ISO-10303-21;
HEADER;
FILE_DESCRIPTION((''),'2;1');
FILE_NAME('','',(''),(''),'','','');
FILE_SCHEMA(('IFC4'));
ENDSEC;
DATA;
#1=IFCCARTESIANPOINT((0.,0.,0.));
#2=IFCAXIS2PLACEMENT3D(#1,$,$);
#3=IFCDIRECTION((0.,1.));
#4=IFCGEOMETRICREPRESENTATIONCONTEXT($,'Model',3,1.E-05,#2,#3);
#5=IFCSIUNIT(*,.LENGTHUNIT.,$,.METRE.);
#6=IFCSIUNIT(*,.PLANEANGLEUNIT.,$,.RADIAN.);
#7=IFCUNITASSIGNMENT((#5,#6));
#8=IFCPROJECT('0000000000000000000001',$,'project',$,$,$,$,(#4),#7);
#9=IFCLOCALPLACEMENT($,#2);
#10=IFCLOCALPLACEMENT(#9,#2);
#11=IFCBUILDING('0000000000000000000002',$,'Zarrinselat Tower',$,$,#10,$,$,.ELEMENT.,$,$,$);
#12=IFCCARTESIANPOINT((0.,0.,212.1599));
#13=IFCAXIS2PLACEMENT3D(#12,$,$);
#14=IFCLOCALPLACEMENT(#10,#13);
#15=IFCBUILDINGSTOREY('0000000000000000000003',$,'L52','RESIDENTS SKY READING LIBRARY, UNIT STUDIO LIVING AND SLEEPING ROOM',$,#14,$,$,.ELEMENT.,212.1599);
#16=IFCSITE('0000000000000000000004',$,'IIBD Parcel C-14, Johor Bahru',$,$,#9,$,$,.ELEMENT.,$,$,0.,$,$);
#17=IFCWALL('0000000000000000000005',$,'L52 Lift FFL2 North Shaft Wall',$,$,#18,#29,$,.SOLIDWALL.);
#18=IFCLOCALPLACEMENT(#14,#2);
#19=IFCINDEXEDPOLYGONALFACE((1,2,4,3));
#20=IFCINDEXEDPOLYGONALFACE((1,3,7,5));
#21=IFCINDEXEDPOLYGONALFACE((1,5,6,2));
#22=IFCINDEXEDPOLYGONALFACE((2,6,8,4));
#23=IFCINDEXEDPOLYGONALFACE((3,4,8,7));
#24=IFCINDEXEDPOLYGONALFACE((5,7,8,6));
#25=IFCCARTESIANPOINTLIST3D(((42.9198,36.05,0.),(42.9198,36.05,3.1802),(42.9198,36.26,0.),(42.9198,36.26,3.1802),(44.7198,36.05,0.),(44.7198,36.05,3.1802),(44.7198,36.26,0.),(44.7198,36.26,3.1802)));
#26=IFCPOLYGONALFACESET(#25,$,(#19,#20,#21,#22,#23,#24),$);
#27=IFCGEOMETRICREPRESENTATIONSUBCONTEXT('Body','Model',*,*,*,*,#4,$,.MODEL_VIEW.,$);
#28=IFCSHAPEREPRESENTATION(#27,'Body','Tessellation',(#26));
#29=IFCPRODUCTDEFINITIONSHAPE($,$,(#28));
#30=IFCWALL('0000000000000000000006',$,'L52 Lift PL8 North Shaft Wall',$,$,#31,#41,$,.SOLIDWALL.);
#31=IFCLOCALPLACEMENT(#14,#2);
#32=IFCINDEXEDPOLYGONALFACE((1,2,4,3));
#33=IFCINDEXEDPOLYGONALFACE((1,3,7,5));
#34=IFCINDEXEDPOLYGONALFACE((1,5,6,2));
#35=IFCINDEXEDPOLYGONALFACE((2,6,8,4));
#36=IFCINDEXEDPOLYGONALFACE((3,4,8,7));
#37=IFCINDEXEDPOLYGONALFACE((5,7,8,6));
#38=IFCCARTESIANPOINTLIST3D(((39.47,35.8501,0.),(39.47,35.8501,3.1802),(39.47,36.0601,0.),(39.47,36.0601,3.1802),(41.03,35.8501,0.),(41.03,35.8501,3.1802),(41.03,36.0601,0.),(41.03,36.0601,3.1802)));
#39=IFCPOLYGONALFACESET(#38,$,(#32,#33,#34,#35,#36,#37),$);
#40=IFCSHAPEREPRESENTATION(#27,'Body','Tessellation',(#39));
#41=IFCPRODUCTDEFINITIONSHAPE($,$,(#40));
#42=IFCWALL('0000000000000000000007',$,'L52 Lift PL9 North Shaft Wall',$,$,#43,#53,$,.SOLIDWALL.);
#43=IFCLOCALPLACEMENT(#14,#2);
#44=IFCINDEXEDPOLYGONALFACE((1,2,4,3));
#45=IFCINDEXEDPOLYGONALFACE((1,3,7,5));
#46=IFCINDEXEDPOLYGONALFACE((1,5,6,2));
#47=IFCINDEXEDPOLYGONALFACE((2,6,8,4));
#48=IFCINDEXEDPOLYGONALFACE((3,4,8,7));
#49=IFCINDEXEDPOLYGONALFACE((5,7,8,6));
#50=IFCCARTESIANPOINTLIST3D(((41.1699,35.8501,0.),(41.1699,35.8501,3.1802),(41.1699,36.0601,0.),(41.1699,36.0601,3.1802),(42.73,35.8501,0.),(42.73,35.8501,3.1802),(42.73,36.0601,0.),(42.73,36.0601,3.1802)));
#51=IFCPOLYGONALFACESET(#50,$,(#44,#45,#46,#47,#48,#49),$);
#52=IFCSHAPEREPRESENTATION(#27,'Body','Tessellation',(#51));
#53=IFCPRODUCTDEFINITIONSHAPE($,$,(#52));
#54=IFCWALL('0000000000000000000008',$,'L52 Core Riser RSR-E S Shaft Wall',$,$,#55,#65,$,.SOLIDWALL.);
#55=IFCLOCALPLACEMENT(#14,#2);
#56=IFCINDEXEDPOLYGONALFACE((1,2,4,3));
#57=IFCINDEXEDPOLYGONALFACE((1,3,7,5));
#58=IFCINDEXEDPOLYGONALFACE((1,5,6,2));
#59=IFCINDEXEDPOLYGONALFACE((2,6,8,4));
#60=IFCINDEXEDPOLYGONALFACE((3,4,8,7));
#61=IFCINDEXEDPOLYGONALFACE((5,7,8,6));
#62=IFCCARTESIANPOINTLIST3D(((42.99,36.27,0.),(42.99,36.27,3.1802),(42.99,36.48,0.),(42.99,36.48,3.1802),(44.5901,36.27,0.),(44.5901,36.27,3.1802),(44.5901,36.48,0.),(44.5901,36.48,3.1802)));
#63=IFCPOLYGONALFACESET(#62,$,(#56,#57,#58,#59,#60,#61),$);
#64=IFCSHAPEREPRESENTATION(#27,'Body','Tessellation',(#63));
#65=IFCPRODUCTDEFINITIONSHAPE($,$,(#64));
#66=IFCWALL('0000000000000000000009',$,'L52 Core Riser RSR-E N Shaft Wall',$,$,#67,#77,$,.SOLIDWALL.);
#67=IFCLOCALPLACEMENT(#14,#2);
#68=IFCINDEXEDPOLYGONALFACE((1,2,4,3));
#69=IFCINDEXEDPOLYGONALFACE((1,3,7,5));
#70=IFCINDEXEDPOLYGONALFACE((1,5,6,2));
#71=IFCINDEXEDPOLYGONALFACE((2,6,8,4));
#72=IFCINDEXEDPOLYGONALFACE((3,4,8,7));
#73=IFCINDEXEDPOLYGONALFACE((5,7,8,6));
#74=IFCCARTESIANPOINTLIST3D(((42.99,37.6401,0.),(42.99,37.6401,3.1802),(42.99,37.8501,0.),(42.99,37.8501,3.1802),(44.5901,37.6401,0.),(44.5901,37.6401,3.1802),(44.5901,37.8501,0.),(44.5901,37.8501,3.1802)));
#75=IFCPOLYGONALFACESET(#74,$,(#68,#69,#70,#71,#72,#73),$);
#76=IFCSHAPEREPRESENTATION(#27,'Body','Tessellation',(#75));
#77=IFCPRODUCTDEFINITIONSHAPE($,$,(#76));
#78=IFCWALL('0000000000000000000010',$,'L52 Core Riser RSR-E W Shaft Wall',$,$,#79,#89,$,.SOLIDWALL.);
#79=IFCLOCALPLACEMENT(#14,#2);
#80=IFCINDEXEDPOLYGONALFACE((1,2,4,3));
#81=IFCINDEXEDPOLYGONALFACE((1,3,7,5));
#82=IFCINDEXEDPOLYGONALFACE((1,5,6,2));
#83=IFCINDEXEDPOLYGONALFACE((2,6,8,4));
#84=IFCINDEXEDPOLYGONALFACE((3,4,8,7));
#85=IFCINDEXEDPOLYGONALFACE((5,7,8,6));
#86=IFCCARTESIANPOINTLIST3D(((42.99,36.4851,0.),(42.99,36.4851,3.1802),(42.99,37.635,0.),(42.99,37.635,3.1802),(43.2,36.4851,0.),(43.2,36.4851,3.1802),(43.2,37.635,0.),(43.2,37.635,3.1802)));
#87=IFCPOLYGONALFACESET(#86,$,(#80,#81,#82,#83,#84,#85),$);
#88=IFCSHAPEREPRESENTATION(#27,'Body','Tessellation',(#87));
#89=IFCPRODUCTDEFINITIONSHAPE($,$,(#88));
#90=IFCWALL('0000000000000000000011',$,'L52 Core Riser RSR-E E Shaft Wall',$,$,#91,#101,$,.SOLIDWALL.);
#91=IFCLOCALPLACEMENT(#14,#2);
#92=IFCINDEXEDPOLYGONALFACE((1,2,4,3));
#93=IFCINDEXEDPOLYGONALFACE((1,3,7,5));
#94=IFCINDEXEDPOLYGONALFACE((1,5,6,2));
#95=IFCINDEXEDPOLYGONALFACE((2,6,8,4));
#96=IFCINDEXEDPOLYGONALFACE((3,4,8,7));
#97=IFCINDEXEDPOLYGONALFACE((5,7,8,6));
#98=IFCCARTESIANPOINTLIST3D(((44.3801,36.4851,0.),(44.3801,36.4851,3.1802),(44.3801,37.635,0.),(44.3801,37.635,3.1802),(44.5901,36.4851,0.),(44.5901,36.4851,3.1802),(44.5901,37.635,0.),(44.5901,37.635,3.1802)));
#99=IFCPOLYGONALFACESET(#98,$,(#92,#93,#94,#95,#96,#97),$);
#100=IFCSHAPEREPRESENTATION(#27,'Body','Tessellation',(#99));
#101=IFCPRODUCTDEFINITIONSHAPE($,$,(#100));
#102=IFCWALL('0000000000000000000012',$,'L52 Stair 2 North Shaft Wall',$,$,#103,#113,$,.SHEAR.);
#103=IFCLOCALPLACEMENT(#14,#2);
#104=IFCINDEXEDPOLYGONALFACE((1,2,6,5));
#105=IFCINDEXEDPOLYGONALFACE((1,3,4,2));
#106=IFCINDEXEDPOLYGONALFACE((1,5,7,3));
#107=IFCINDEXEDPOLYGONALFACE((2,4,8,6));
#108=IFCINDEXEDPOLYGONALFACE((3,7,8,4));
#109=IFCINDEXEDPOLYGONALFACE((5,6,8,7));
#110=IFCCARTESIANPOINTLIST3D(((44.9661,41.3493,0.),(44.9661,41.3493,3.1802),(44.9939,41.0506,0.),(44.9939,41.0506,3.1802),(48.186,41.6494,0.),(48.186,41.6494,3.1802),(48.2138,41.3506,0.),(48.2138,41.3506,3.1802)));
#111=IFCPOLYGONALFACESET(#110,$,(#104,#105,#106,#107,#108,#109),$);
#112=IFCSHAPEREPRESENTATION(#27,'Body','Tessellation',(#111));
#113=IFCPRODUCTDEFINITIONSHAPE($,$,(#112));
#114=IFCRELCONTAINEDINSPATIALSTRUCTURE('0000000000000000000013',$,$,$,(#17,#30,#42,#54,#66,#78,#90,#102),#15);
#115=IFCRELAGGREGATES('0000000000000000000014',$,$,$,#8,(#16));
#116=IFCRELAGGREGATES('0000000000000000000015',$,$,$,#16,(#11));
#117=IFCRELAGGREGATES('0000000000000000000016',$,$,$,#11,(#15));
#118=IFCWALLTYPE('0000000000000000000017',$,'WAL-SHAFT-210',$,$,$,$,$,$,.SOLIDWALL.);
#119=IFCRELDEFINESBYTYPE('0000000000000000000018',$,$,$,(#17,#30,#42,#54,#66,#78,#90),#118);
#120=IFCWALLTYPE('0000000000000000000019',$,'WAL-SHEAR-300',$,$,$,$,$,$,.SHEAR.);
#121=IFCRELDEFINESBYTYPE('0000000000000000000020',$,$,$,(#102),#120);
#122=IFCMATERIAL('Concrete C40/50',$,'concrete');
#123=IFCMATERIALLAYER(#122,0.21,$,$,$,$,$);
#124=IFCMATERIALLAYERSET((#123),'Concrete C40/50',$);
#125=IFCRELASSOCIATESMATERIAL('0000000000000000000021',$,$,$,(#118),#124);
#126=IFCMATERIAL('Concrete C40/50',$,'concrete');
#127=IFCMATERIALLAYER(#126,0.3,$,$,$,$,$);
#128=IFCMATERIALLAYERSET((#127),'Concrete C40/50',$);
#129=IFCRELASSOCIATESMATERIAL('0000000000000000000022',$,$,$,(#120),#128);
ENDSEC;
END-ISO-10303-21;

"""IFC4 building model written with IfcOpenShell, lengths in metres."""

from ifc_helpers import new_model, si_unit, direction, frame, frame_2d, origin, place, context, subcontext, project, spatial, rectangle, extrude, material, layer, layer_set, type_object, element, save


model = new_model("IFC4")

# Units and contexts
model_context = context("Model", 3, precision=1e-05, world=origin(), true_north=direction((0.0, 1.0)))
body_context = subcontext(model_context, "Body", "Model", "MODEL_VIEW")
ifc_project = project(units=[si_unit("LENGTHUNIT", "METRE"), si_unit("PLANEANGLEUNIT", "RADIAN")], contexts=[model_context])

# Site, building, storey
site_placement = place(None, origin())
site = spatial("IfcSite", under=ifc_project, at=site_placement, Name="IIBD Parcel C-14, Johor Bahru", CompositionType="ELEMENT", RefElevation=0.0)
building_placement = place(site_placement, origin())
building = spatial("IfcBuilding", under=site, at=building_placement, Name="Zarrinselat Tower", CompositionType="ELEMENT")
storey_placement = place(building_placement, frame((0.0, 0.0, 212.1599)))
storey = spatial("IfcBuildingStorey", under=building, at=storey_placement, Name="L52", Description="RESIDENTS SKY READING LIBRARY, UNIT STUDIO LIVING AND SLEEPING ROOM", CompositionType="ELEMENT", Elevation=212.1599)

# Walls
ifc_material_1 = material(Name="Concrete C40/50", Category="concrete")
ifc_layer_1 = layer(ifc_material_1, 0.21)
ifc_layer_set_1 = layer_set([ifc_layer_1], Name="Concrete C40/50")
wall_type_1 = type_object("IfcWallType", Name="WAL-SHAFT-210", PredefinedType="SOLIDWALL", material=ifc_layer_set_1)
wall_1_placement = place(storey_placement, frame((42.9199, 36.155, 0.0), z_axis=(0.0, 0.0, 1.0), x_axis=(1.0, 0.0, 0.0)))
element("IfcWall", 1, at=wall_1_placement, inside=storey, type_object=wall_type_1, Name="L52 Lift FFL2 North Shaft Wall", PredefinedType="SOLIDWALL", context=body_context, shape_type="SweptSolid", body=[
    extrude(rectangle(XDim=1.8, YDim=0.21, at=frame_2d((0.8999, 0.0))), origin(), (0.0, 0.0, 1.0), 3.1802),
])
for number, where, z_axis, x_axis, name in (
    (2, (39.47, 35.9551, 0.0), (0.0, 0.0, 1.0), (1.0, 0.0, 0.0), "L52 Lift PL8 North Shaft Wall"),
    (3, (41.1699, 35.9551, 0.0), (0.0, 0.0, 1.0), (1.0, 0.0, 0.0), "L52 Lift PL9 North Shaft Wall"),
):
    element("IfcWall", number, at=place(storey_placement, frame(where, z_axis=z_axis, x_axis=x_axis)), inside=storey, type_object=wall_type_1, Name=name, PredefinedType="SOLIDWALL", context=body_context, shape_type="SweptSolid", body=[
        extrude(rectangle(XDim=1.5601, YDim=0.21, at=frame_2d((0.78, 0.0))), origin(), (0.0, 0.0, 1.0), 3.1802),
    ])
for number, where, z_axis, x_axis, name in (
    (4, (42.99, 36.375, 0.0), (0.0, 0.0, 1.0), (1.0, 0.0, 0.0), "L52 Core Riser RSR-E S Shaft Wall"),
    (5, (42.99, 37.7451, 0.0), (0.0, 0.0, 1.0), (1.0, 0.0, 0.0), "L52 Core Riser RSR-E N Shaft Wall"),
):
    element("IfcWall", number, at=place(storey_placement, frame(where, z_axis=z_axis, x_axis=x_axis)), inside=storey, type_object=wall_type_1, Name=name, PredefinedType="SOLIDWALL", context=body_context, shape_type="SweptSolid", body=[
        extrude(rectangle(XDim=1.6001, YDim=0.21, at=frame_2d((0.8, 0.0))), origin(), (0.0, 0.0, 1.0), 3.1802),
    ])
for number, where, z_axis, x_axis, name in (
    (6, (43.095, 36.4851, 0.0), (0.0, 0.0, 1.0), (0.0, 1.0, 0.0), "L52 Core Riser RSR-E W Shaft Wall"),
    (7, (44.4851, 36.4851, 0.0), (0.0, 0.0, 1.0), (0.0, 1.0, 0.0), "L52 Core Riser RSR-E E Shaft Wall"),
):
    element("IfcWall", number, at=place(storey_placement, frame(where, z_axis=z_axis, x_axis=x_axis)), inside=storey, type_object=wall_type_1, Name=name, PredefinedType="SOLIDWALL", context=body_context, shape_type="SweptSolid", body=[
        extrude(rectangle(XDim=1.1499, YDim=0.21, at=frame_2d((0.575, 0.0))), origin(), (0.0, 0.0, 1.0), 3.1802),
    ])
ifc_material_2 = material(Name="Concrete C40/50", Category="concrete")
ifc_layer_2 = layer(ifc_material_2, 0.3)
ifc_layer_set_2 = layer_set([ifc_layer_2], Name="Concrete C40/50")
wall_type_2 = type_object("IfcWallType", Name="WAL-SHEAR-300", PredefinedType="SHEAR", material=ifc_layer_set_2)
wall_2_placement = place(storey_placement, frame((44.98, 41.2, 0.0), z_axis=(0.0, 0.0, 1.0), x_axis=(0.995686, 0.092782, 0.0)))
element("IfcWall", 8, at=wall_2_placement, inside=storey, type_object=wall_type_2, Name="L52 Stair 2 North Shaft Wall", PredefinedType="SHEAR", context=body_context, shape_type="SweptSolid", body=[
    extrude(rectangle(XDim=3.2339, YDim=0.3, at=frame_2d((1.6169, 0.0))), origin(), (0.0, 0.0, 1.0), 3.1802),
])

save(model, "model.ifc")
